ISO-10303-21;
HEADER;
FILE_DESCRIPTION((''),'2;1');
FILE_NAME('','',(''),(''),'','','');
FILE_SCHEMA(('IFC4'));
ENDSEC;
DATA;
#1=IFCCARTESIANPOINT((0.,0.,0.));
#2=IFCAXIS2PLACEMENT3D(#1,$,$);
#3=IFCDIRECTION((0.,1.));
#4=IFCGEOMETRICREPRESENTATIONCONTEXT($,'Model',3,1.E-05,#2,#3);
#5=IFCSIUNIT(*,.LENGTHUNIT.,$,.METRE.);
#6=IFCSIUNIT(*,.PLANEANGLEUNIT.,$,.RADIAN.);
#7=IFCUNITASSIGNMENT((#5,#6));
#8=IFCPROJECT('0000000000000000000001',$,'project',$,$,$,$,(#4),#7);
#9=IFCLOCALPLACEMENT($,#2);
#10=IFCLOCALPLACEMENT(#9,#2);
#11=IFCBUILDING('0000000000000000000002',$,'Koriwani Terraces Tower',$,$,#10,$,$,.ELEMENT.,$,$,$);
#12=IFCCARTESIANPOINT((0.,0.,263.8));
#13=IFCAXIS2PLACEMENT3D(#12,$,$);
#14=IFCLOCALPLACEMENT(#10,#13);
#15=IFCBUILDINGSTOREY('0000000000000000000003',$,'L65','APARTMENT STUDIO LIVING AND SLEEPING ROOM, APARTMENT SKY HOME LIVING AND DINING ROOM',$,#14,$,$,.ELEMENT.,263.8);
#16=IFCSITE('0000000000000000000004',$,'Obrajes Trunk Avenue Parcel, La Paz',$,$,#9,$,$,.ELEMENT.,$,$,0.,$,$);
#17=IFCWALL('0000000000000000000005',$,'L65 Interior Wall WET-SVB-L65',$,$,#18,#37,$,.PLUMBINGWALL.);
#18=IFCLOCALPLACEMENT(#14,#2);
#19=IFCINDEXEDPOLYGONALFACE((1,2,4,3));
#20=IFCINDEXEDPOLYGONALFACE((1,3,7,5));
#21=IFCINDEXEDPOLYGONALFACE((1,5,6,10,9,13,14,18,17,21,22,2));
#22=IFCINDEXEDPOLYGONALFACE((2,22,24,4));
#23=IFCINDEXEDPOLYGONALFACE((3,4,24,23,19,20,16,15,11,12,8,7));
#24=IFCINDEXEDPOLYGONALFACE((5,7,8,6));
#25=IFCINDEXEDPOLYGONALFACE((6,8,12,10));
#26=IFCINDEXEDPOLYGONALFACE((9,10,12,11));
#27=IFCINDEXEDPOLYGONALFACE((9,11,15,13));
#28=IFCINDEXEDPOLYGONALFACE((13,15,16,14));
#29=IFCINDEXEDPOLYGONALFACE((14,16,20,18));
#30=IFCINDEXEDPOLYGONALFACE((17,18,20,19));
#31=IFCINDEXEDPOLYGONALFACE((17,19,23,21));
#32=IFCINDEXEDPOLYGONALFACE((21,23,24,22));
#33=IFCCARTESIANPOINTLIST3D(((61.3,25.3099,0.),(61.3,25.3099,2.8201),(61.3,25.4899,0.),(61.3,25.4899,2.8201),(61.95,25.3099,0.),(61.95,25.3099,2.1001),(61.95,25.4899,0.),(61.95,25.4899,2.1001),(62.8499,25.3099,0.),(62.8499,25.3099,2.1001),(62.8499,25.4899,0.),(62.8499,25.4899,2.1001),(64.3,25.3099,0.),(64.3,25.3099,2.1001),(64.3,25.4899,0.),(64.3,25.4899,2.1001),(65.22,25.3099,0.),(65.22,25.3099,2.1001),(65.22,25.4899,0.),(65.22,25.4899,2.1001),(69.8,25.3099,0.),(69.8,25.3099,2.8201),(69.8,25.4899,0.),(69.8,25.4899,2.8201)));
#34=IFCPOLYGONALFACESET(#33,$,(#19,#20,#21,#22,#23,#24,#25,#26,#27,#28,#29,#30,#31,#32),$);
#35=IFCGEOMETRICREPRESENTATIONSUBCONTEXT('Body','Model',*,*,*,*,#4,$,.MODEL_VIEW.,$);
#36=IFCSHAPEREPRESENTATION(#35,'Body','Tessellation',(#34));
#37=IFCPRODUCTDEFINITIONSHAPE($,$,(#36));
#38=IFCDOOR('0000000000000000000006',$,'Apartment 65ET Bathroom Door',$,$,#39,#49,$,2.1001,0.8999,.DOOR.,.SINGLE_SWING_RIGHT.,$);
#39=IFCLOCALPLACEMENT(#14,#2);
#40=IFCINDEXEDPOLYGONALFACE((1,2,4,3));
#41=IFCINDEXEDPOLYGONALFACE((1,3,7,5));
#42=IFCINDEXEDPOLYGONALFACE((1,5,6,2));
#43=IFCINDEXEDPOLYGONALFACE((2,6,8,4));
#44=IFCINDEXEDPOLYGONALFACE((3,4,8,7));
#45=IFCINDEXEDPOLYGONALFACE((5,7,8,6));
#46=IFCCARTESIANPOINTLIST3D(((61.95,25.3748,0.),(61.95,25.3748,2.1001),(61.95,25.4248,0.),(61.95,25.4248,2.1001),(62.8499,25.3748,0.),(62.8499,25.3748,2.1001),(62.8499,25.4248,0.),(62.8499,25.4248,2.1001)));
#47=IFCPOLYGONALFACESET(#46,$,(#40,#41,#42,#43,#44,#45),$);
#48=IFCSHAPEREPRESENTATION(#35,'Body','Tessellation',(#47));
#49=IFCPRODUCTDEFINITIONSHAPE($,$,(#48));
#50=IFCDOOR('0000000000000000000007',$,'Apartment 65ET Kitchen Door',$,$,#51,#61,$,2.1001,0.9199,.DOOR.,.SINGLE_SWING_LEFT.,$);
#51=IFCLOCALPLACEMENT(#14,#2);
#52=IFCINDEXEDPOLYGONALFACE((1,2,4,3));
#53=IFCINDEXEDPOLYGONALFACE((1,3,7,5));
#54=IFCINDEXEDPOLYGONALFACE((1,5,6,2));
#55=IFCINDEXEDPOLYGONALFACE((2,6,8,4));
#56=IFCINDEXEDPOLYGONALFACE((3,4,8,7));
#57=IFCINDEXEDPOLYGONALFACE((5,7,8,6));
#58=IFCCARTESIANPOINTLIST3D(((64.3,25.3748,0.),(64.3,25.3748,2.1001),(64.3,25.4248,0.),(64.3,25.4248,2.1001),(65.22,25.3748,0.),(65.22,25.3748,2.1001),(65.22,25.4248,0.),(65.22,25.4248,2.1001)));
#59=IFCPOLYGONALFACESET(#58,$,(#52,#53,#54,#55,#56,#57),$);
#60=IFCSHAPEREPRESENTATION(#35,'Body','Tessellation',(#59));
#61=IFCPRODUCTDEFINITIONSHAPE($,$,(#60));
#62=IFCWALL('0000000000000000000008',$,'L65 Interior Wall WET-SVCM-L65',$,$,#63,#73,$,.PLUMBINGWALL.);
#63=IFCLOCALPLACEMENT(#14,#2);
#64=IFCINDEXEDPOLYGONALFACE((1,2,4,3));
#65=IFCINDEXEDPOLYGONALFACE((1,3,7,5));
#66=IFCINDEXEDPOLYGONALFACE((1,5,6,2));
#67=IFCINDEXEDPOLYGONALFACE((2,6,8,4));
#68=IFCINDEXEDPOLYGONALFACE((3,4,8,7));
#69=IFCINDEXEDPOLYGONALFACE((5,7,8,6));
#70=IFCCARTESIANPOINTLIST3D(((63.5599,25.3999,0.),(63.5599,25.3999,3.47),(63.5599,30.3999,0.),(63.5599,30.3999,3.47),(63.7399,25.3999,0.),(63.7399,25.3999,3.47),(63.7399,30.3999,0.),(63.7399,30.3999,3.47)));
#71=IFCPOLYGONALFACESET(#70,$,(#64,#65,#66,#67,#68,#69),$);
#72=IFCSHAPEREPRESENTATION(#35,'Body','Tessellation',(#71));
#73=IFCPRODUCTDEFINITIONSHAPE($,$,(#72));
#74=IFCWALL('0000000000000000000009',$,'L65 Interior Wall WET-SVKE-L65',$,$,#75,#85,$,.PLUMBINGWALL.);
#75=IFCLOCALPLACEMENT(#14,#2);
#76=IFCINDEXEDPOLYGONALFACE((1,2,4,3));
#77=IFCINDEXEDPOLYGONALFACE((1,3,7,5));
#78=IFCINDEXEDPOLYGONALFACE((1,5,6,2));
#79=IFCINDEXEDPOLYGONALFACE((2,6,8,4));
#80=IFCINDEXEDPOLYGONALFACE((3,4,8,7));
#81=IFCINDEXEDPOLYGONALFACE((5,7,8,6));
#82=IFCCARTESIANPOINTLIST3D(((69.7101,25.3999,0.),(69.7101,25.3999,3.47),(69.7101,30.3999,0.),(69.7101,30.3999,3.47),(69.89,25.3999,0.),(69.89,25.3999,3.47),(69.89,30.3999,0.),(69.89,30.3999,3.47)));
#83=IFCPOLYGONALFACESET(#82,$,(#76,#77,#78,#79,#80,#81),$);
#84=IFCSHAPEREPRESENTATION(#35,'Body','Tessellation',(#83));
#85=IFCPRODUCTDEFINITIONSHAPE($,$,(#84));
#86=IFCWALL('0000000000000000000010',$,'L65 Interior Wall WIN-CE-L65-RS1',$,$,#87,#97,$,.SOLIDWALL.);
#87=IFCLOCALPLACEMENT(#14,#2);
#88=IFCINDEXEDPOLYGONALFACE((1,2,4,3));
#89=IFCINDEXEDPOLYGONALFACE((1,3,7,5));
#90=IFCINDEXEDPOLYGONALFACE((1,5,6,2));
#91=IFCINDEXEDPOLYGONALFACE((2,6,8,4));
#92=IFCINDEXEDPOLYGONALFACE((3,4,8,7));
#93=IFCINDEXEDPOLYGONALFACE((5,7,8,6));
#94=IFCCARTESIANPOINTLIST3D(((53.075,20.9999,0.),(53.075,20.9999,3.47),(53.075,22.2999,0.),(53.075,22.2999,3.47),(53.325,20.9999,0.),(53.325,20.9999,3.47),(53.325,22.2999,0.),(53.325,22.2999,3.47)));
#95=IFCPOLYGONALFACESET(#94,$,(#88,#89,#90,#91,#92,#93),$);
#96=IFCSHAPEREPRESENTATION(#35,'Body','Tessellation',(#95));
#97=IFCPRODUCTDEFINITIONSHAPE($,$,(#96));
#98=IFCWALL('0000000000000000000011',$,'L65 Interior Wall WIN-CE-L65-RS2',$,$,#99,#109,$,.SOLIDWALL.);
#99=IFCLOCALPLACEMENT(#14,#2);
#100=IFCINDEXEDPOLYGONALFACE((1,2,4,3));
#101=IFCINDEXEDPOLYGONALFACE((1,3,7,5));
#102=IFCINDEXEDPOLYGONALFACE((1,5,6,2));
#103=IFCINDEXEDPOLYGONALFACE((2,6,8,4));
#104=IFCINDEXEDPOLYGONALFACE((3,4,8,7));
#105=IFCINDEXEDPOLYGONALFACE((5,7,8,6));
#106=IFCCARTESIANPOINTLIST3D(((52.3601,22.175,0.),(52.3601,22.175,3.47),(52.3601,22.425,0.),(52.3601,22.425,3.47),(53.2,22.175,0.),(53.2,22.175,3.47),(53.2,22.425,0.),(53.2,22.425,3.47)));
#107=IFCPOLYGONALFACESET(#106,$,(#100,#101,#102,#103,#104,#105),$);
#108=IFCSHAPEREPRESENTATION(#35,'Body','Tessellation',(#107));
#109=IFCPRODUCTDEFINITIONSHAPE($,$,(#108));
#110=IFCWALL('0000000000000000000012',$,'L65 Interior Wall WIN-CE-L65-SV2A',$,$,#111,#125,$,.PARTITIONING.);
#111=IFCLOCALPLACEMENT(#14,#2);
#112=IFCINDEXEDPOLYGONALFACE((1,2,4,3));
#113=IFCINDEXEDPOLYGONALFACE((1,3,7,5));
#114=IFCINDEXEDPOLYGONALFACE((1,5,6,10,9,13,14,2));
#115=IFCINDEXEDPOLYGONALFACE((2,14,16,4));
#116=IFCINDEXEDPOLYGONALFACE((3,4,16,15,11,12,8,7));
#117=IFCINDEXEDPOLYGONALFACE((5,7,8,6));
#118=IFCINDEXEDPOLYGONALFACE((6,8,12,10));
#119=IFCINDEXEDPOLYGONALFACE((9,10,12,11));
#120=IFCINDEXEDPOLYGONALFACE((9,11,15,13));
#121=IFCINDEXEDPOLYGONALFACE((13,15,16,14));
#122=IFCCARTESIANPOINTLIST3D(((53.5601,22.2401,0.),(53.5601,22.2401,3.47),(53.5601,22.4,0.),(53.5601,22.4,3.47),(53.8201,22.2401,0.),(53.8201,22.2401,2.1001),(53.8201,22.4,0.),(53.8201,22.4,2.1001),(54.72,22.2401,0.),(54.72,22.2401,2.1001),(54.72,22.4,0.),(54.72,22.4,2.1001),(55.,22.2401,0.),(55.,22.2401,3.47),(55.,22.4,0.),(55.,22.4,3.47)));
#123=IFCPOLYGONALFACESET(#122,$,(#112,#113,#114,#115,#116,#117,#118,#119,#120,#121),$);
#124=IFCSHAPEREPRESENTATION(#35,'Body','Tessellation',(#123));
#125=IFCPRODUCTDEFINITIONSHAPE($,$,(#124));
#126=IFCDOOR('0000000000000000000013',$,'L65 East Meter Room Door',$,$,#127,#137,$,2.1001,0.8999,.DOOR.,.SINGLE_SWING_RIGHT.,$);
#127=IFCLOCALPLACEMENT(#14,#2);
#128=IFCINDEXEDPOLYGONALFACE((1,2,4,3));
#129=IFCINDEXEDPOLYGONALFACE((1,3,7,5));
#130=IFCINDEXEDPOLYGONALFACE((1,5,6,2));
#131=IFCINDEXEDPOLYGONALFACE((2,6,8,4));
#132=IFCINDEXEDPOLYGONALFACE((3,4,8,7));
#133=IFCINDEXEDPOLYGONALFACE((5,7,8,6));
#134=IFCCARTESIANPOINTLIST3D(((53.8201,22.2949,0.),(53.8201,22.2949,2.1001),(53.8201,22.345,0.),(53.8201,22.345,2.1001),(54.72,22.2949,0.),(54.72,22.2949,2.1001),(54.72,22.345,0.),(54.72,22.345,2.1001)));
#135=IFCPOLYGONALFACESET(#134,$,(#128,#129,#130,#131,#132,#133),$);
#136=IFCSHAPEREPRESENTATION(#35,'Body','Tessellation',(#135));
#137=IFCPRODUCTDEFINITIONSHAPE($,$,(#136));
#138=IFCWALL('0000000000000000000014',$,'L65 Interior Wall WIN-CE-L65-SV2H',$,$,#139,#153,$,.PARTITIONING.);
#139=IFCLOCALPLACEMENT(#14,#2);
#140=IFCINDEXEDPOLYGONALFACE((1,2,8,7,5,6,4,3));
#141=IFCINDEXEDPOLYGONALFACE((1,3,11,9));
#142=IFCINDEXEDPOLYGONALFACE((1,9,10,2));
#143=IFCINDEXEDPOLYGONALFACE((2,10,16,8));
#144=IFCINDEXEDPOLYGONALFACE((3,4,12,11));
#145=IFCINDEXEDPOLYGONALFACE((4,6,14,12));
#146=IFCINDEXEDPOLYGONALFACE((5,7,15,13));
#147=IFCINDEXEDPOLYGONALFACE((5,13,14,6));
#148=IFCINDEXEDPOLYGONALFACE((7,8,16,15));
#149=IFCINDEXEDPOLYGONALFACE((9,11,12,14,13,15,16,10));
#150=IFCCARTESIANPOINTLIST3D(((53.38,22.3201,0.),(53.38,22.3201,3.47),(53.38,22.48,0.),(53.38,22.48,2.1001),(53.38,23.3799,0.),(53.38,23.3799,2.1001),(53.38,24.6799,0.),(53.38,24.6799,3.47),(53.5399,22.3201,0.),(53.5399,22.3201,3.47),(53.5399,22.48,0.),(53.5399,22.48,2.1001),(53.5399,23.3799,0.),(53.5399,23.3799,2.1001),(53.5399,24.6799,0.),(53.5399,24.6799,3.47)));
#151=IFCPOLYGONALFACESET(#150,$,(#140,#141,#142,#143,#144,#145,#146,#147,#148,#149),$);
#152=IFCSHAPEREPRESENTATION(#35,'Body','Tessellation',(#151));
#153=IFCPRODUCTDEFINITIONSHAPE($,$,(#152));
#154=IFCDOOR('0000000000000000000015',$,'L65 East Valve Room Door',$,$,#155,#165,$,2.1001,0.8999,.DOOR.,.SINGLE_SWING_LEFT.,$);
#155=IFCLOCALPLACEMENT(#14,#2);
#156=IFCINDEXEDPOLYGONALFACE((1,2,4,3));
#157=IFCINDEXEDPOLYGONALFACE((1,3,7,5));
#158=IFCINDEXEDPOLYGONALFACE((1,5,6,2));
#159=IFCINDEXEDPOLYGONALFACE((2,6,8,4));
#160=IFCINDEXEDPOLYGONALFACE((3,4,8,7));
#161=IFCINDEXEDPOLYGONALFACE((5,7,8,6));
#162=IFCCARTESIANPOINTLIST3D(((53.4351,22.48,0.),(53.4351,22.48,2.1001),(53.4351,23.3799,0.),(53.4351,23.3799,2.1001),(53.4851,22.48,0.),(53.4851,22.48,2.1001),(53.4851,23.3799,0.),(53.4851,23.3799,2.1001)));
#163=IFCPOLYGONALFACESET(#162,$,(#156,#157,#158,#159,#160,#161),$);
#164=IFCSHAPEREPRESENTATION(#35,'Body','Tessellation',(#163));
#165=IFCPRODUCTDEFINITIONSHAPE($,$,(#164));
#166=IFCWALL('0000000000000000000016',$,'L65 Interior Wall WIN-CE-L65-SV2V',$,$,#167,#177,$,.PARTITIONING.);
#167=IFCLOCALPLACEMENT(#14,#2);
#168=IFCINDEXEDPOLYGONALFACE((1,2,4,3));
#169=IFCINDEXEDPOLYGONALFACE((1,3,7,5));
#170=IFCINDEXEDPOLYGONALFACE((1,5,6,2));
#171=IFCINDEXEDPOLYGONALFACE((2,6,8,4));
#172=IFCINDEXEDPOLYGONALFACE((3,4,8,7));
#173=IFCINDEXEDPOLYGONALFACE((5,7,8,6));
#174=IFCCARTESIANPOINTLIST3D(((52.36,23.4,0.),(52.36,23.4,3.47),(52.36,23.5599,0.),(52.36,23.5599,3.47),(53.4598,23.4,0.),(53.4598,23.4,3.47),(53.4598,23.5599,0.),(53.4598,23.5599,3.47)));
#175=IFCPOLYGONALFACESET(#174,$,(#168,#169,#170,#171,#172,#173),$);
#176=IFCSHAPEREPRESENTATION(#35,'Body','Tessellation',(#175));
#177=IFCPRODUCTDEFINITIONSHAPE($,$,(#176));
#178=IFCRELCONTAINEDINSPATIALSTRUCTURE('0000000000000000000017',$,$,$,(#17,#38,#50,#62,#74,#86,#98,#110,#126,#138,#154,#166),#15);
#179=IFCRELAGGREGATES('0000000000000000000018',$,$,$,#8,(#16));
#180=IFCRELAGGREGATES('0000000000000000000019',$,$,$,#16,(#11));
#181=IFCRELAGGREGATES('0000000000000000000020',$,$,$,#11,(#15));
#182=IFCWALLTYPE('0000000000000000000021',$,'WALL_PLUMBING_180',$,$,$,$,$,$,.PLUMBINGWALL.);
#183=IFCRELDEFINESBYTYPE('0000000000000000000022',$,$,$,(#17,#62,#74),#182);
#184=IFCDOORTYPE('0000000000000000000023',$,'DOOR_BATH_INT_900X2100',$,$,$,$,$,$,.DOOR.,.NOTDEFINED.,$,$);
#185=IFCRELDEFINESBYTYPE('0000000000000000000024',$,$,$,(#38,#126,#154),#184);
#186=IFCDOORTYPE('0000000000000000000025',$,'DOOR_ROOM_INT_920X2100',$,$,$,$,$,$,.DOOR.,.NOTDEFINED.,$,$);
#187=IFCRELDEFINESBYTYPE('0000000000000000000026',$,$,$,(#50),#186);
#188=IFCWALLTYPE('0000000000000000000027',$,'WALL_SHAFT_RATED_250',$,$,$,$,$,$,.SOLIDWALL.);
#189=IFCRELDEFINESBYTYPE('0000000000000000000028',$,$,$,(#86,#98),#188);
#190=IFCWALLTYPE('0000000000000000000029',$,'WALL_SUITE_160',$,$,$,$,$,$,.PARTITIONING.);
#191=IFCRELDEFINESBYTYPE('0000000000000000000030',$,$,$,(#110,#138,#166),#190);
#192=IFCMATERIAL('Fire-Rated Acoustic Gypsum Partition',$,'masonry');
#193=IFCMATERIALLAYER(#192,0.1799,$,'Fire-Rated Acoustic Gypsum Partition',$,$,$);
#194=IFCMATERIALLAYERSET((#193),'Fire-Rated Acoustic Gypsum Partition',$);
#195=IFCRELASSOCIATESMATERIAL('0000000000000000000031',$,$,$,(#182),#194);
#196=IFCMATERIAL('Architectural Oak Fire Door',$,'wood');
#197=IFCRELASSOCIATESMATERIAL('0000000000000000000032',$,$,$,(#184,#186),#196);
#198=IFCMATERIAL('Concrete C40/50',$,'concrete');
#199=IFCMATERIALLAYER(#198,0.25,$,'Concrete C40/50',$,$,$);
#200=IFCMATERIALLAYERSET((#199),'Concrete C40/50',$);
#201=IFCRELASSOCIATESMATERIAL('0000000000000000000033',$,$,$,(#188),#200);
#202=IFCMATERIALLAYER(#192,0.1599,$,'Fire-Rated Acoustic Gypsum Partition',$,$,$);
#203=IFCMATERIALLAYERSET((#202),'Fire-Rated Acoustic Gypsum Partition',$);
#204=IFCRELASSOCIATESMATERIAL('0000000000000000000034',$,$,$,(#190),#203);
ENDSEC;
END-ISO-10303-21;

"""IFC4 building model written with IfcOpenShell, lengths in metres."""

from ifc_helpers import new_model, si_unit, direction, frame, frame_2d, origin, place, context, subcontext, project, spatial, rectangle, extrude, material, layer, layer_set, type_object, element, fill, save


model = new_model("IFC4")

# Units and contexts
model_context = context("Model", 3, precision=1e-05, world=origin(), true_north=direction((0.0, 1.0)))
body_context = subcontext(model_context, "Body", "Model", "MODEL_VIEW")
ifc_project = project(units=[si_unit("LENGTHUNIT", "METRE"), si_unit("PLANEANGLEUNIT", "RADIAN")], contexts=[model_context])

# Site, building, storey
site_placement = place(None, origin())
site = spatial("IfcSite", under=ifc_project, at=site_placement, Name="Obrajes Trunk Avenue Parcel, La Paz", CompositionType="ELEMENT", RefElevation=0.0)
building_placement = place(site_placement, origin())
building = spatial("IfcBuilding", under=site, at=building_placement, Name="Koriwani Terraces Tower", CompositionType="ELEMENT")
storey_placement = place(building_placement, frame((0.0, 0.0, 263.8)))
storey = spatial("IfcBuildingStorey", under=building, at=storey_placement, Name="L65", Description="APARTMENT STUDIO LIVING AND SLEEPING ROOM, APARTMENT SKY HOME LIVING AND DINING ROOM", CompositionType="ELEMENT", Elevation=263.8)

# Wall, openings, doors
ifc_material_1 = material(Name="Fire-Rated Acoustic Gypsum Partition", Category="masonry")
ifc_layer_1 = layer(ifc_material_1, 0.1799, Name="Fire-Rated Acoustic Gypsum Partition")
ifc_layer_set_1 = layer_set([ifc_layer_1], Name="Fire-Rated Acoustic Gypsum Partition")
wall_type_1 = type_object("IfcWallType", Name="WALL_PLUMBING_180", PredefinedType="PLUMBINGWALL", material=ifc_layer_set_1)
wall_1_placement = place(storey_placement, frame((61.3, 25.3999, 0.0), z_axis=(0.0, 0.0, 1.0), x_axis=(1.0, 0.0, 0.0)))
wall_1 = element("IfcWall", 1, at=wall_1_placement, inside=storey, type_object=wall_type_1, Name="L65 Interior Wall WET-SVB-L65", PredefinedType="PLUMBINGWALL", context=body_context, shape_type="SweptSolid", body=[
    extrude(rectangle(XDim=8.5, YDim=0.1799, at=frame_2d((4.25, 0.0))), origin(), (0.0, 0.0, 1.0), 2.8201),
])
opening_1_placement = place(wall_1_placement, frame((0.6499, 0.0, 0.0)))
opening_1 = element("IfcOpeningElement", 2, at=opening_1_placement, cuts=wall_1, PredefinedType="OPENING", context=body_context, shape_type="SweptSolid", body=[
    extrude(rectangle(XDim=0.8999, YDim=2.1001, at=frame_2d((0.45, 1.05))), frame((0.0, 0.1001, 0.0), z_axis=(0.0, -1.0, 0.0), x_axis=(1.0, 0.0, 0.0)), (0.0, 0.0, 1.0), 0.2),
])
opening_2_placement = place(wall_1_placement, frame((3.0, 0.0, 0.0)))
opening_2 = element("IfcOpeningElement", 3, at=opening_2_placement, cuts=wall_1, PredefinedType="OPENING", context=body_context, shape_type="SweptSolid", body=[
    extrude(rectangle(XDim=0.9199, YDim=2.1001, at=frame_2d((0.46, 1.05))), frame((0.0, 0.1001, 0.0), z_axis=(0.0, -1.0, 0.0), x_axis=(1.0, 0.0, 0.0)), (0.0, 0.0, 1.0), 0.2),
])
ifc_material_2 = material(Name="Architectural Oak Fire Door", Category="wood")
door_type_1 = type_object("IfcDoorType", Name="DOOR_BATH_INT_900X2100", OperationType="NOTDEFINED", PredefinedType="DOOR", material=ifc_material_2)
door_1_placement = place(opening_1_placement, origin())
door_1 = element("IfcDoor", 4, at=door_1_placement, inside=storey, type_object=door_type_1, Name="Apartment 65ET Bathroom Door", OperationType="SINGLE_SWING_RIGHT", OverallHeight=2.1001, OverallWidth=0.8999, PredefinedType="DOOR", context=body_context, shape_type="SweptSolid", body=[
    extrude(rectangle(XDim=0.8999, YDim=2.1001, at=frame_2d((0.45, 1.05))), frame((0.0, 0.0249, 0.0), z_axis=(0.0, -1.0, 0.0), x_axis=(1.0, 0.0, 0.0)), (0.0, 0.0, 1.0), 0.05),
])
fill(opening_1, door_1)
door_type_2 = type_object("IfcDoorType", Name="DOOR_ROOM_INT_920X2100", OperationType="NOTDEFINED", PredefinedType="DOOR", material=ifc_material_2)
door_2_placement = place(opening_2_placement, origin())
door_2 = element("IfcDoor", 5, at=door_2_placement, inside=storey, type_object=door_type_2, Name="Apartment 65ET Kitchen Door", OperationType="SINGLE_SWING_LEFT", OverallHeight=2.1001, OverallWidth=0.9199, PredefinedType="DOOR", context=body_context, shape_type="SweptSolid", body=[
    extrude(rectangle(XDim=0.9199, YDim=2.1001, at=frame_2d((0.46, 1.05))), frame((0.0, 0.0249, 0.0), z_axis=(0.0, -1.0, 0.0), x_axis=(1.0, 0.0, 0.0)), (0.0, 0.0, 1.0), 0.05),
])
fill(opening_2, door_2)

# Walls
for number, where, z_axis, x_axis, name in (
    (6, (63.6499, 25.3999, 0.0), (0.0, 0.0, 1.0), (0.0, 1.0, 0.0), "L65 Interior Wall WET-SVCM-L65"),
    (7, (69.8, 25.3999, 0.0), (0.0, 0.0, 1.0), (0.0, 1.0, 0.0), "L65 Interior Wall WET-SVKE-L65"),
):
    element("IfcWall", number, at=place(storey_placement, frame(where, z_axis=z_axis, x_axis=x_axis)), inside=storey, type_object=wall_type_1, Name=name, PredefinedType="PLUMBINGWALL", context=body_context, shape_type="SweptSolid", body=[
        extrude(rectangle(XDim=5.0, YDim=0.1799, at=frame_2d((2.5, 0.0))), origin(), (0.0, 0.0, 1.0), 3.47),
    ])

# Shared definitions
ifc_material_3 = material(Name="Concrete C40/50", Category="concrete")
ifc_layer_2 = layer(ifc_material_3, 0.25, Name="Concrete C40/50")
ifc_layer_set_2 = layer_set([ifc_layer_2], Name="Concrete C40/50")
wall_type_2 = type_object("IfcWallType", Name="WALL_SHAFT_RATED_250", PredefinedType="SOLIDWALL", material=ifc_layer_set_2)

# Walls
wall_2_placement = place(storey_placement, frame((53.2, 21.0, 0.0), z_axis=(0.0, 0.0, 1.0), x_axis=(0.0, 1.0, 0.0)))
element("IfcWall", 8, at=wall_2_placement, inside=storey, type_object=wall_type_2, Name="L65 Interior Wall WIN-CE-L65-RS1", PredefinedType="SOLIDWALL", context=body_context, shape_type="SweptSolid", body=[
    extrude(rectangle(XDim=1.3, YDim=0.25, at=frame_2d((0.6499, 0.0))), origin(), (0.0, 0.0, 1.0), 3.47),
])
wall_3_placement = place(storey_placement, frame((52.3601, 22.3, 0.0), z_axis=(0.0, 0.0, 1.0), x_axis=(1.0, 0.0, 0.0)))
element("IfcWall", 9, at=wall_3_placement, inside=storey, type_object=wall_type_2, Name="L65 Interior Wall WIN-CE-L65-RS2", PredefinedType="SOLIDWALL", context=body_context, shape_type="SweptSolid", body=[
    extrude(rectangle(XDim=0.8398, YDim=0.25, at=frame_2d((0.4199, 0.0))), origin(), (0.0, 0.0, 1.0), 3.47),
])

# Walls, openings, doors
ifc_layer_3 = layer(ifc_material_1, 0.1599, Name="Fire-Rated Acoustic Gypsum Partition")
ifc_layer_set_3 = layer_set([ifc_layer_3], Name="Fire-Rated Acoustic Gypsum Partition")
wall_type_3 = type_object("IfcWallType", Name="WALL_SUITE_160", PredefinedType="PARTITIONING", material=ifc_layer_set_3)
wall_4_placement = place(storey_placement, frame((53.5601, 22.3201, 0.0), z_axis=(0.0, 0.0, 1.0), x_axis=(1.0, 0.0, 0.0)))
wall_4 = element("IfcWall", 10, at=wall_4_placement, inside=storey, type_object=wall_type_3, Name="L65 Interior Wall WIN-CE-L65-SV2A", PredefinedType="PARTITIONING", context=body_context, shape_type="SweptSolid", body=[
    extrude(rectangle(XDim=1.4399, YDim=0.1599, at=frame_2d((0.72, 0.0))), origin(), (0.0, 0.0, 1.0), 3.47),
])
opening_3_placement = place(wall_4_placement, frame((0.26, 0.0, 0.0)))
opening_3 = element("IfcOpeningElement", 11, at=opening_3_placement, cuts=wall_4, PredefinedType="OPENING", context=body_context, shape_type="SweptSolid", body=[
    extrude(rectangle(XDim=0.8999, YDim=2.1001, at=frame_2d((0.45, 1.05))), frame((0.0, 0.0898, 0.0), z_axis=(0.0, -1.0, 0.0), x_axis=(1.0, 0.0, 0.0)), (0.0, 0.0, 1.0), 0.1799),
])
door_3_placement = place(opening_3_placement, origin())
door_3 = element("IfcDoor", 12, at=door_3_placement, inside=storey, type_object=door_type_1, Name="L65 East Meter Room Door", OperationType="SINGLE_SWING_RIGHT", OverallHeight=2.1001, OverallWidth=0.8999, PredefinedType="DOOR", context=body_context, shape_type="SweptSolid", body=[
    extrude(rectangle(XDim=0.8999, YDim=2.1001, at=frame_2d((0.45, 1.05))), frame((0.0, 0.0249, 0.0), z_axis=(0.0, -1.0, 0.0), x_axis=(1.0, 0.0, 0.0)), (0.0, 0.0, 1.0), 0.05),
])
fill(opening_3, door_3)
wall_5_placement = place(storey_placement, frame((53.46, 22.3201, 0.0), z_axis=(0.0, 0.0, 1.0), x_axis=(0.0, 1.0, 0.0)))
wall_5 = element("IfcWall", 13, at=wall_5_placement, inside=storey, type_object=wall_type_3, Name="L65 Interior Wall WIN-CE-L65-SV2H", PredefinedType="PARTITIONING", context=body_context, shape_type="SweptSolid", body=[
    extrude(rectangle(XDim=2.3599, YDim=0.1599, at=frame_2d((1.1799, 0.0))), origin(), (0.0, 0.0, 1.0), 3.47),
])
opening_4_placement = place(wall_5_placement, frame((0.1599, 0.0, 0.0)))
opening_4 = element("IfcOpeningElement", 14, at=opening_4_placement, cuts=wall_5, PredefinedType="OPENING", context=body_context, shape_type="SweptSolid", body=[
    extrude(rectangle(XDim=0.8999, YDim=2.1001, at=frame_2d((0.45, 1.05))), frame((0.0, 0.0898, 0.0), z_axis=(0.0, -1.0, 0.0), x_axis=(1.0, 0.0, 0.0)), (0.0, 0.0, 1.0), 0.1799),
])
door_4_placement = place(opening_4_placement, origin())
door_4 = element("IfcDoor", 15, at=door_4_placement, inside=storey, type_object=door_type_1, Name="L65 East Valve Room Door", OperationType="SINGLE_SWING_LEFT", OverallHeight=2.1001, OverallWidth=0.8999, PredefinedType="DOOR", context=body_context, shape_type="SweptSolid", body=[
    extrude(rectangle(XDim=0.8999, YDim=2.1001, at=frame_2d((0.45, 1.05))), frame((0.0, 0.0249, 0.0), z_axis=(0.0, -1.0, 0.0), x_axis=(1.0, 0.0, 0.0)), (0.0, 0.0, 1.0), 0.05),
])
fill(opening_4, door_4)

# Wall
wall_6_placement = place(storey_placement, frame((52.3601, 23.48, 0.0), z_axis=(0.0, 0.0, 1.0), x_axis=(1.0, 0.0, 0.0)))
element("IfcWall", 16, at=wall_6_placement, inside=storey, type_object=wall_type_3, Name="L65 Interior Wall WIN-CE-L65-SV2V", PredefinedType="PARTITIONING", context=body_context, shape_type="SweptSolid", body=[
    extrude(rectangle(XDim=1.0999, YDim=0.1599, at=frame_2d((0.5498, 0.0))), origin(), (0.0, 0.0, 1.0), 3.47),
])

save(model, "model.ifc")
